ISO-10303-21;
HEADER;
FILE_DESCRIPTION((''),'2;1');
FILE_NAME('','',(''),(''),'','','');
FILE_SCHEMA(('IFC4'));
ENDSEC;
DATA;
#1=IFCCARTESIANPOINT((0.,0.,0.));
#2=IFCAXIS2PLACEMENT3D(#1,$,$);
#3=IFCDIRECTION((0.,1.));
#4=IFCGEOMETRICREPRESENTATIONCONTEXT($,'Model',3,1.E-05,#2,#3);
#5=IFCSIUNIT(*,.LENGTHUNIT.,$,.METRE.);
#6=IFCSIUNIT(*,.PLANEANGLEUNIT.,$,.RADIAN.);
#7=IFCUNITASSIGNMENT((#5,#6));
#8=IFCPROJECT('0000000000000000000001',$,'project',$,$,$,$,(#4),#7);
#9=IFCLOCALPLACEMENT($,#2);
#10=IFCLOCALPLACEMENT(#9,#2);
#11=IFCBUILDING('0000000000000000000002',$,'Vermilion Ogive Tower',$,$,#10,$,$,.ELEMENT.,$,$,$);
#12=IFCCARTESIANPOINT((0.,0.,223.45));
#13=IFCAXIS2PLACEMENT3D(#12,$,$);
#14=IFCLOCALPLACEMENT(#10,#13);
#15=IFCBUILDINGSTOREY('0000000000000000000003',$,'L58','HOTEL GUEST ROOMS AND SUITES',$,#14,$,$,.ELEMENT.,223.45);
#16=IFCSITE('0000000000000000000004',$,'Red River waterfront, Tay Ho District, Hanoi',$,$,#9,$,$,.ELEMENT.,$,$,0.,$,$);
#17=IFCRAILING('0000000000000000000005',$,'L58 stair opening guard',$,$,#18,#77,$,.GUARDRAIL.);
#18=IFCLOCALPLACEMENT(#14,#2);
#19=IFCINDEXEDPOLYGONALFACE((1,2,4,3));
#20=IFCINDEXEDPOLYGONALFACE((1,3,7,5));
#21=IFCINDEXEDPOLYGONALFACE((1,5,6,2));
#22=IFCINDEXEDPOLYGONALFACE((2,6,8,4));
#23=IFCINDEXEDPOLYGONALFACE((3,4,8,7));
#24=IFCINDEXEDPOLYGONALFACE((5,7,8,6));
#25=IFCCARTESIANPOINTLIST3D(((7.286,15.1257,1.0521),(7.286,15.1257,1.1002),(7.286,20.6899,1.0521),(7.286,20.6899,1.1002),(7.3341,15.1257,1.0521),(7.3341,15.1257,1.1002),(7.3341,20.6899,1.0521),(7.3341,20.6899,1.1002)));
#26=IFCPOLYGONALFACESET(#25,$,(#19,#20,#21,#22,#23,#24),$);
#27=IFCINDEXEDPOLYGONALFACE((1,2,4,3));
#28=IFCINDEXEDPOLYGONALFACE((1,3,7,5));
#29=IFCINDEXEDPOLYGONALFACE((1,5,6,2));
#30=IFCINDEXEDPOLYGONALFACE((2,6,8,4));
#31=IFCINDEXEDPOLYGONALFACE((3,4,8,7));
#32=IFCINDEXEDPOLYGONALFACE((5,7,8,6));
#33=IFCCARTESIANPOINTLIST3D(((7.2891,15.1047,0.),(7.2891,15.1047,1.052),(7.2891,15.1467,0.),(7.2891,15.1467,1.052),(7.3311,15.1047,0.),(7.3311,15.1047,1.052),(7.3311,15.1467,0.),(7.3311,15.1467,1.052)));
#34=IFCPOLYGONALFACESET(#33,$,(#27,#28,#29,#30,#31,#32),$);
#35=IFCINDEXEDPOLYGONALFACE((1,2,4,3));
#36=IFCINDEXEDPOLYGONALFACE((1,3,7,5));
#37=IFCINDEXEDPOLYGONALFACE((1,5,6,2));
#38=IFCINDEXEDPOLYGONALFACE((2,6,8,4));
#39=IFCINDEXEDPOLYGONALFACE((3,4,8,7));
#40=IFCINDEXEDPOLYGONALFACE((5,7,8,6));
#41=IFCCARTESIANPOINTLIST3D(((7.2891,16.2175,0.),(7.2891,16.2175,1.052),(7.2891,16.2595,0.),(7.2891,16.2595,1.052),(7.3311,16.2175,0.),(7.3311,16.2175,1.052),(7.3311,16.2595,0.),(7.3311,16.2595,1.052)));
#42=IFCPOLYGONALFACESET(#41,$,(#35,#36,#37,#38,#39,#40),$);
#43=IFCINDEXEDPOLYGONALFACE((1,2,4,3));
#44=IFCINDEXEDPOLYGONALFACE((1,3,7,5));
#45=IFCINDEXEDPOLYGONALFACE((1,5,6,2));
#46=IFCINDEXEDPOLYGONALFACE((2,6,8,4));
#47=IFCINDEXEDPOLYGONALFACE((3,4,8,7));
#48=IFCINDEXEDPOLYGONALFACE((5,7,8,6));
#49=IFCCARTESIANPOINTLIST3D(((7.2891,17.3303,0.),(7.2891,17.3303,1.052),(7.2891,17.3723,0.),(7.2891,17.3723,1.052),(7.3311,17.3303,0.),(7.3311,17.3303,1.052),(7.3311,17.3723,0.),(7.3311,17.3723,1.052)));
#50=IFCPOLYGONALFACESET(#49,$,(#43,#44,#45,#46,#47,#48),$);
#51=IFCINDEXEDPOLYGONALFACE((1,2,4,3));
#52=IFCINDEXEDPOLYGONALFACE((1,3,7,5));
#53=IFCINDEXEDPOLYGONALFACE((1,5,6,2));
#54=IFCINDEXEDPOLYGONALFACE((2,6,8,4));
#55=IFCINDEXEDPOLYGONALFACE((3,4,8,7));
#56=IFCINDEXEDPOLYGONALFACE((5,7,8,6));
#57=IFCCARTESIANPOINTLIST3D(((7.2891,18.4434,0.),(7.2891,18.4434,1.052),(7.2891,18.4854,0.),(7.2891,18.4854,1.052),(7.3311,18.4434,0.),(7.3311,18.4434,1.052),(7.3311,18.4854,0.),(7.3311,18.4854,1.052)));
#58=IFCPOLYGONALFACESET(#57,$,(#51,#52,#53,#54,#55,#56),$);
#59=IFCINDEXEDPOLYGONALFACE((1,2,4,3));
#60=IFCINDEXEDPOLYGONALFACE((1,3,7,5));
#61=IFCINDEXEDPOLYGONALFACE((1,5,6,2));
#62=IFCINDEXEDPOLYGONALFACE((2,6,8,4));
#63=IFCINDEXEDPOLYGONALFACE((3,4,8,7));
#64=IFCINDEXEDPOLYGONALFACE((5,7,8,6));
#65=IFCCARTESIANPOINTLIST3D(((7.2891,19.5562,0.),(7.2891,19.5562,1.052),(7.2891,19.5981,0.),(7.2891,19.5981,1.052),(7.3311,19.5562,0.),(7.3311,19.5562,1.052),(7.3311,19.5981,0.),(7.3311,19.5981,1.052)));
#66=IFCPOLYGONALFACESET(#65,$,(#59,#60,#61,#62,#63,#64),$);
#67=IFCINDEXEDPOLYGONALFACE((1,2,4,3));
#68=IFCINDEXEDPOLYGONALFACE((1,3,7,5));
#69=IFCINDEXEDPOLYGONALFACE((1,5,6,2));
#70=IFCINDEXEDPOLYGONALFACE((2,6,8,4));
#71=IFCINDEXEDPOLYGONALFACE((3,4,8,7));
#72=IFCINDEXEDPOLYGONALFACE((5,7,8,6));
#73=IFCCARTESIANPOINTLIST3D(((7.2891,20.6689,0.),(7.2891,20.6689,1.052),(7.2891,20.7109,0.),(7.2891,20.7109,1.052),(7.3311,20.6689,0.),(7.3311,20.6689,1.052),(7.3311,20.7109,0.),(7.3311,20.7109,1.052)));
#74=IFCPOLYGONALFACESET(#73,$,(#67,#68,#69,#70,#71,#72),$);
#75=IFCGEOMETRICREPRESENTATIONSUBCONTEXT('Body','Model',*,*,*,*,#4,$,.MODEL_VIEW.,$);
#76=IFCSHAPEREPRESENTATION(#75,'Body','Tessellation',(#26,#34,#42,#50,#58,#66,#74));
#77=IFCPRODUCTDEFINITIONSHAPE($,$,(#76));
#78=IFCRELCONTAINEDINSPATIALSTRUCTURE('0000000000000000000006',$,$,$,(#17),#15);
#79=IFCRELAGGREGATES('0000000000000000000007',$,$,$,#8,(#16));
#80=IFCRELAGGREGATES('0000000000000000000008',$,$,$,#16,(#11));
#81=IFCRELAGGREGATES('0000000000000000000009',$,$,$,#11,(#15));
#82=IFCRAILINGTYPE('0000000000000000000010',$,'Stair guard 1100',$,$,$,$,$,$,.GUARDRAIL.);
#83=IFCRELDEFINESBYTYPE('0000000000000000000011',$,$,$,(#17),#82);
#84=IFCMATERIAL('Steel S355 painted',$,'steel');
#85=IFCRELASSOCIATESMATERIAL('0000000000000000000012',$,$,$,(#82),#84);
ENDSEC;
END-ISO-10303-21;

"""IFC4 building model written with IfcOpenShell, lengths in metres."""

from ifc_helpers import new_model, si_unit, direction, frame, origin, origin_2d, place, context, subcontext, project, spatial, rectangle, extrude, material, type_object, element, save


model = new_model("IFC4")

# Units and contexts
model_context = context("Model", 3, precision=1e-05, world=origin(), true_north=direction((0.0, 1.0)))
body_context = subcontext(model_context, "Body", "Model", "MODEL_VIEW")
ifc_project = project(units=[si_unit("LENGTHUNIT", "METRE"), si_unit("PLANEANGLEUNIT", "RADIAN")], contexts=[model_context])

# Site, building, storey
site_placement = place(None, origin())
site = spatial("IfcSite", under=ifc_project, at=site_placement, Name="Red River waterfront, Tay Ho District, Hanoi", CompositionType="ELEMENT", RefElevation=0.0)
building_placement = place(site_placement, origin())
building = spatial("IfcBuilding", under=site, at=building_placement, Name="Vermilion Ogive Tower", CompositionType="ELEMENT")
storey_placement = place(building_placement, frame((0.0, 0.0, 223.45)))
storey = spatial("IfcBuildingStorey", under=building, at=storey_placement, Name="L58", Description="HOTEL GUEST ROOMS AND SUITES", CompositionType="ELEMENT", Elevation=223.45)

# Railing
ifc_material_1 = material(Name="Steel S355 painted", Category="steel")
railing_type_1 = type_object("IfcRailingType", Name="Stair guard 1100", PredefinedType="GUARDRAIL", material=ifc_material_1)
railing_1_placement = place(storey_placement, frame((7.3101, 15.1257, 0.0)))
element("IfcRailing", 1, at=railing_1_placement, inside=storey, type_object=railing_type_1, Name="L58 stair opening guard", PredefinedType="GUARDRAIL", context=body_context, shape_type="SweptSolid", body=[
    extrude(rectangle(XDim=0.0481, YDim=0.0481, at=origin_2d()), frame((0.0, 0.0, 1.0762), z_axis=(0.0, 1.0, 0.0), x_axis=(-1.0, 0.0, 0.0)), (0.0, 0.0, 1.0), 5.5642),
    extrude(rectangle(XDim=0.042, YDim=0.042, at=origin_2d()), origin(), (0.0, 0.0, 1.0), 1.052),
    extrude(rectangle(XDim=0.042, YDim=0.042, at=origin_2d()), frame((0.0, 1.1128, 0.0)), (0.0, 0.0, 1.0), 1.052),
    extrude(rectangle(XDim=0.042, YDim=0.042, at=origin_2d()), frame((0.0, 2.2256, 0.0)), (0.0, 0.0, 1.0), 1.052),
    extrude(rectangle(XDim=0.042, YDim=0.042, at=origin_2d()), frame((0.0, 3.3386, 0.0)), (0.0, 0.0, 1.0), 1.052),
    extrude(rectangle(XDim=0.042, YDim=0.042, at=origin_2d()), frame((0.0, 4.4514, 0.0)), (0.0, 0.0, 1.0), 1.052),
    extrude(rectangle(XDim=0.042, YDim=0.042, at=origin_2d()), frame((0.0, 5.5642, 0.0)), (0.0, 0.0, 1.0), 1.052),
])

save(model, "model.ifc")
